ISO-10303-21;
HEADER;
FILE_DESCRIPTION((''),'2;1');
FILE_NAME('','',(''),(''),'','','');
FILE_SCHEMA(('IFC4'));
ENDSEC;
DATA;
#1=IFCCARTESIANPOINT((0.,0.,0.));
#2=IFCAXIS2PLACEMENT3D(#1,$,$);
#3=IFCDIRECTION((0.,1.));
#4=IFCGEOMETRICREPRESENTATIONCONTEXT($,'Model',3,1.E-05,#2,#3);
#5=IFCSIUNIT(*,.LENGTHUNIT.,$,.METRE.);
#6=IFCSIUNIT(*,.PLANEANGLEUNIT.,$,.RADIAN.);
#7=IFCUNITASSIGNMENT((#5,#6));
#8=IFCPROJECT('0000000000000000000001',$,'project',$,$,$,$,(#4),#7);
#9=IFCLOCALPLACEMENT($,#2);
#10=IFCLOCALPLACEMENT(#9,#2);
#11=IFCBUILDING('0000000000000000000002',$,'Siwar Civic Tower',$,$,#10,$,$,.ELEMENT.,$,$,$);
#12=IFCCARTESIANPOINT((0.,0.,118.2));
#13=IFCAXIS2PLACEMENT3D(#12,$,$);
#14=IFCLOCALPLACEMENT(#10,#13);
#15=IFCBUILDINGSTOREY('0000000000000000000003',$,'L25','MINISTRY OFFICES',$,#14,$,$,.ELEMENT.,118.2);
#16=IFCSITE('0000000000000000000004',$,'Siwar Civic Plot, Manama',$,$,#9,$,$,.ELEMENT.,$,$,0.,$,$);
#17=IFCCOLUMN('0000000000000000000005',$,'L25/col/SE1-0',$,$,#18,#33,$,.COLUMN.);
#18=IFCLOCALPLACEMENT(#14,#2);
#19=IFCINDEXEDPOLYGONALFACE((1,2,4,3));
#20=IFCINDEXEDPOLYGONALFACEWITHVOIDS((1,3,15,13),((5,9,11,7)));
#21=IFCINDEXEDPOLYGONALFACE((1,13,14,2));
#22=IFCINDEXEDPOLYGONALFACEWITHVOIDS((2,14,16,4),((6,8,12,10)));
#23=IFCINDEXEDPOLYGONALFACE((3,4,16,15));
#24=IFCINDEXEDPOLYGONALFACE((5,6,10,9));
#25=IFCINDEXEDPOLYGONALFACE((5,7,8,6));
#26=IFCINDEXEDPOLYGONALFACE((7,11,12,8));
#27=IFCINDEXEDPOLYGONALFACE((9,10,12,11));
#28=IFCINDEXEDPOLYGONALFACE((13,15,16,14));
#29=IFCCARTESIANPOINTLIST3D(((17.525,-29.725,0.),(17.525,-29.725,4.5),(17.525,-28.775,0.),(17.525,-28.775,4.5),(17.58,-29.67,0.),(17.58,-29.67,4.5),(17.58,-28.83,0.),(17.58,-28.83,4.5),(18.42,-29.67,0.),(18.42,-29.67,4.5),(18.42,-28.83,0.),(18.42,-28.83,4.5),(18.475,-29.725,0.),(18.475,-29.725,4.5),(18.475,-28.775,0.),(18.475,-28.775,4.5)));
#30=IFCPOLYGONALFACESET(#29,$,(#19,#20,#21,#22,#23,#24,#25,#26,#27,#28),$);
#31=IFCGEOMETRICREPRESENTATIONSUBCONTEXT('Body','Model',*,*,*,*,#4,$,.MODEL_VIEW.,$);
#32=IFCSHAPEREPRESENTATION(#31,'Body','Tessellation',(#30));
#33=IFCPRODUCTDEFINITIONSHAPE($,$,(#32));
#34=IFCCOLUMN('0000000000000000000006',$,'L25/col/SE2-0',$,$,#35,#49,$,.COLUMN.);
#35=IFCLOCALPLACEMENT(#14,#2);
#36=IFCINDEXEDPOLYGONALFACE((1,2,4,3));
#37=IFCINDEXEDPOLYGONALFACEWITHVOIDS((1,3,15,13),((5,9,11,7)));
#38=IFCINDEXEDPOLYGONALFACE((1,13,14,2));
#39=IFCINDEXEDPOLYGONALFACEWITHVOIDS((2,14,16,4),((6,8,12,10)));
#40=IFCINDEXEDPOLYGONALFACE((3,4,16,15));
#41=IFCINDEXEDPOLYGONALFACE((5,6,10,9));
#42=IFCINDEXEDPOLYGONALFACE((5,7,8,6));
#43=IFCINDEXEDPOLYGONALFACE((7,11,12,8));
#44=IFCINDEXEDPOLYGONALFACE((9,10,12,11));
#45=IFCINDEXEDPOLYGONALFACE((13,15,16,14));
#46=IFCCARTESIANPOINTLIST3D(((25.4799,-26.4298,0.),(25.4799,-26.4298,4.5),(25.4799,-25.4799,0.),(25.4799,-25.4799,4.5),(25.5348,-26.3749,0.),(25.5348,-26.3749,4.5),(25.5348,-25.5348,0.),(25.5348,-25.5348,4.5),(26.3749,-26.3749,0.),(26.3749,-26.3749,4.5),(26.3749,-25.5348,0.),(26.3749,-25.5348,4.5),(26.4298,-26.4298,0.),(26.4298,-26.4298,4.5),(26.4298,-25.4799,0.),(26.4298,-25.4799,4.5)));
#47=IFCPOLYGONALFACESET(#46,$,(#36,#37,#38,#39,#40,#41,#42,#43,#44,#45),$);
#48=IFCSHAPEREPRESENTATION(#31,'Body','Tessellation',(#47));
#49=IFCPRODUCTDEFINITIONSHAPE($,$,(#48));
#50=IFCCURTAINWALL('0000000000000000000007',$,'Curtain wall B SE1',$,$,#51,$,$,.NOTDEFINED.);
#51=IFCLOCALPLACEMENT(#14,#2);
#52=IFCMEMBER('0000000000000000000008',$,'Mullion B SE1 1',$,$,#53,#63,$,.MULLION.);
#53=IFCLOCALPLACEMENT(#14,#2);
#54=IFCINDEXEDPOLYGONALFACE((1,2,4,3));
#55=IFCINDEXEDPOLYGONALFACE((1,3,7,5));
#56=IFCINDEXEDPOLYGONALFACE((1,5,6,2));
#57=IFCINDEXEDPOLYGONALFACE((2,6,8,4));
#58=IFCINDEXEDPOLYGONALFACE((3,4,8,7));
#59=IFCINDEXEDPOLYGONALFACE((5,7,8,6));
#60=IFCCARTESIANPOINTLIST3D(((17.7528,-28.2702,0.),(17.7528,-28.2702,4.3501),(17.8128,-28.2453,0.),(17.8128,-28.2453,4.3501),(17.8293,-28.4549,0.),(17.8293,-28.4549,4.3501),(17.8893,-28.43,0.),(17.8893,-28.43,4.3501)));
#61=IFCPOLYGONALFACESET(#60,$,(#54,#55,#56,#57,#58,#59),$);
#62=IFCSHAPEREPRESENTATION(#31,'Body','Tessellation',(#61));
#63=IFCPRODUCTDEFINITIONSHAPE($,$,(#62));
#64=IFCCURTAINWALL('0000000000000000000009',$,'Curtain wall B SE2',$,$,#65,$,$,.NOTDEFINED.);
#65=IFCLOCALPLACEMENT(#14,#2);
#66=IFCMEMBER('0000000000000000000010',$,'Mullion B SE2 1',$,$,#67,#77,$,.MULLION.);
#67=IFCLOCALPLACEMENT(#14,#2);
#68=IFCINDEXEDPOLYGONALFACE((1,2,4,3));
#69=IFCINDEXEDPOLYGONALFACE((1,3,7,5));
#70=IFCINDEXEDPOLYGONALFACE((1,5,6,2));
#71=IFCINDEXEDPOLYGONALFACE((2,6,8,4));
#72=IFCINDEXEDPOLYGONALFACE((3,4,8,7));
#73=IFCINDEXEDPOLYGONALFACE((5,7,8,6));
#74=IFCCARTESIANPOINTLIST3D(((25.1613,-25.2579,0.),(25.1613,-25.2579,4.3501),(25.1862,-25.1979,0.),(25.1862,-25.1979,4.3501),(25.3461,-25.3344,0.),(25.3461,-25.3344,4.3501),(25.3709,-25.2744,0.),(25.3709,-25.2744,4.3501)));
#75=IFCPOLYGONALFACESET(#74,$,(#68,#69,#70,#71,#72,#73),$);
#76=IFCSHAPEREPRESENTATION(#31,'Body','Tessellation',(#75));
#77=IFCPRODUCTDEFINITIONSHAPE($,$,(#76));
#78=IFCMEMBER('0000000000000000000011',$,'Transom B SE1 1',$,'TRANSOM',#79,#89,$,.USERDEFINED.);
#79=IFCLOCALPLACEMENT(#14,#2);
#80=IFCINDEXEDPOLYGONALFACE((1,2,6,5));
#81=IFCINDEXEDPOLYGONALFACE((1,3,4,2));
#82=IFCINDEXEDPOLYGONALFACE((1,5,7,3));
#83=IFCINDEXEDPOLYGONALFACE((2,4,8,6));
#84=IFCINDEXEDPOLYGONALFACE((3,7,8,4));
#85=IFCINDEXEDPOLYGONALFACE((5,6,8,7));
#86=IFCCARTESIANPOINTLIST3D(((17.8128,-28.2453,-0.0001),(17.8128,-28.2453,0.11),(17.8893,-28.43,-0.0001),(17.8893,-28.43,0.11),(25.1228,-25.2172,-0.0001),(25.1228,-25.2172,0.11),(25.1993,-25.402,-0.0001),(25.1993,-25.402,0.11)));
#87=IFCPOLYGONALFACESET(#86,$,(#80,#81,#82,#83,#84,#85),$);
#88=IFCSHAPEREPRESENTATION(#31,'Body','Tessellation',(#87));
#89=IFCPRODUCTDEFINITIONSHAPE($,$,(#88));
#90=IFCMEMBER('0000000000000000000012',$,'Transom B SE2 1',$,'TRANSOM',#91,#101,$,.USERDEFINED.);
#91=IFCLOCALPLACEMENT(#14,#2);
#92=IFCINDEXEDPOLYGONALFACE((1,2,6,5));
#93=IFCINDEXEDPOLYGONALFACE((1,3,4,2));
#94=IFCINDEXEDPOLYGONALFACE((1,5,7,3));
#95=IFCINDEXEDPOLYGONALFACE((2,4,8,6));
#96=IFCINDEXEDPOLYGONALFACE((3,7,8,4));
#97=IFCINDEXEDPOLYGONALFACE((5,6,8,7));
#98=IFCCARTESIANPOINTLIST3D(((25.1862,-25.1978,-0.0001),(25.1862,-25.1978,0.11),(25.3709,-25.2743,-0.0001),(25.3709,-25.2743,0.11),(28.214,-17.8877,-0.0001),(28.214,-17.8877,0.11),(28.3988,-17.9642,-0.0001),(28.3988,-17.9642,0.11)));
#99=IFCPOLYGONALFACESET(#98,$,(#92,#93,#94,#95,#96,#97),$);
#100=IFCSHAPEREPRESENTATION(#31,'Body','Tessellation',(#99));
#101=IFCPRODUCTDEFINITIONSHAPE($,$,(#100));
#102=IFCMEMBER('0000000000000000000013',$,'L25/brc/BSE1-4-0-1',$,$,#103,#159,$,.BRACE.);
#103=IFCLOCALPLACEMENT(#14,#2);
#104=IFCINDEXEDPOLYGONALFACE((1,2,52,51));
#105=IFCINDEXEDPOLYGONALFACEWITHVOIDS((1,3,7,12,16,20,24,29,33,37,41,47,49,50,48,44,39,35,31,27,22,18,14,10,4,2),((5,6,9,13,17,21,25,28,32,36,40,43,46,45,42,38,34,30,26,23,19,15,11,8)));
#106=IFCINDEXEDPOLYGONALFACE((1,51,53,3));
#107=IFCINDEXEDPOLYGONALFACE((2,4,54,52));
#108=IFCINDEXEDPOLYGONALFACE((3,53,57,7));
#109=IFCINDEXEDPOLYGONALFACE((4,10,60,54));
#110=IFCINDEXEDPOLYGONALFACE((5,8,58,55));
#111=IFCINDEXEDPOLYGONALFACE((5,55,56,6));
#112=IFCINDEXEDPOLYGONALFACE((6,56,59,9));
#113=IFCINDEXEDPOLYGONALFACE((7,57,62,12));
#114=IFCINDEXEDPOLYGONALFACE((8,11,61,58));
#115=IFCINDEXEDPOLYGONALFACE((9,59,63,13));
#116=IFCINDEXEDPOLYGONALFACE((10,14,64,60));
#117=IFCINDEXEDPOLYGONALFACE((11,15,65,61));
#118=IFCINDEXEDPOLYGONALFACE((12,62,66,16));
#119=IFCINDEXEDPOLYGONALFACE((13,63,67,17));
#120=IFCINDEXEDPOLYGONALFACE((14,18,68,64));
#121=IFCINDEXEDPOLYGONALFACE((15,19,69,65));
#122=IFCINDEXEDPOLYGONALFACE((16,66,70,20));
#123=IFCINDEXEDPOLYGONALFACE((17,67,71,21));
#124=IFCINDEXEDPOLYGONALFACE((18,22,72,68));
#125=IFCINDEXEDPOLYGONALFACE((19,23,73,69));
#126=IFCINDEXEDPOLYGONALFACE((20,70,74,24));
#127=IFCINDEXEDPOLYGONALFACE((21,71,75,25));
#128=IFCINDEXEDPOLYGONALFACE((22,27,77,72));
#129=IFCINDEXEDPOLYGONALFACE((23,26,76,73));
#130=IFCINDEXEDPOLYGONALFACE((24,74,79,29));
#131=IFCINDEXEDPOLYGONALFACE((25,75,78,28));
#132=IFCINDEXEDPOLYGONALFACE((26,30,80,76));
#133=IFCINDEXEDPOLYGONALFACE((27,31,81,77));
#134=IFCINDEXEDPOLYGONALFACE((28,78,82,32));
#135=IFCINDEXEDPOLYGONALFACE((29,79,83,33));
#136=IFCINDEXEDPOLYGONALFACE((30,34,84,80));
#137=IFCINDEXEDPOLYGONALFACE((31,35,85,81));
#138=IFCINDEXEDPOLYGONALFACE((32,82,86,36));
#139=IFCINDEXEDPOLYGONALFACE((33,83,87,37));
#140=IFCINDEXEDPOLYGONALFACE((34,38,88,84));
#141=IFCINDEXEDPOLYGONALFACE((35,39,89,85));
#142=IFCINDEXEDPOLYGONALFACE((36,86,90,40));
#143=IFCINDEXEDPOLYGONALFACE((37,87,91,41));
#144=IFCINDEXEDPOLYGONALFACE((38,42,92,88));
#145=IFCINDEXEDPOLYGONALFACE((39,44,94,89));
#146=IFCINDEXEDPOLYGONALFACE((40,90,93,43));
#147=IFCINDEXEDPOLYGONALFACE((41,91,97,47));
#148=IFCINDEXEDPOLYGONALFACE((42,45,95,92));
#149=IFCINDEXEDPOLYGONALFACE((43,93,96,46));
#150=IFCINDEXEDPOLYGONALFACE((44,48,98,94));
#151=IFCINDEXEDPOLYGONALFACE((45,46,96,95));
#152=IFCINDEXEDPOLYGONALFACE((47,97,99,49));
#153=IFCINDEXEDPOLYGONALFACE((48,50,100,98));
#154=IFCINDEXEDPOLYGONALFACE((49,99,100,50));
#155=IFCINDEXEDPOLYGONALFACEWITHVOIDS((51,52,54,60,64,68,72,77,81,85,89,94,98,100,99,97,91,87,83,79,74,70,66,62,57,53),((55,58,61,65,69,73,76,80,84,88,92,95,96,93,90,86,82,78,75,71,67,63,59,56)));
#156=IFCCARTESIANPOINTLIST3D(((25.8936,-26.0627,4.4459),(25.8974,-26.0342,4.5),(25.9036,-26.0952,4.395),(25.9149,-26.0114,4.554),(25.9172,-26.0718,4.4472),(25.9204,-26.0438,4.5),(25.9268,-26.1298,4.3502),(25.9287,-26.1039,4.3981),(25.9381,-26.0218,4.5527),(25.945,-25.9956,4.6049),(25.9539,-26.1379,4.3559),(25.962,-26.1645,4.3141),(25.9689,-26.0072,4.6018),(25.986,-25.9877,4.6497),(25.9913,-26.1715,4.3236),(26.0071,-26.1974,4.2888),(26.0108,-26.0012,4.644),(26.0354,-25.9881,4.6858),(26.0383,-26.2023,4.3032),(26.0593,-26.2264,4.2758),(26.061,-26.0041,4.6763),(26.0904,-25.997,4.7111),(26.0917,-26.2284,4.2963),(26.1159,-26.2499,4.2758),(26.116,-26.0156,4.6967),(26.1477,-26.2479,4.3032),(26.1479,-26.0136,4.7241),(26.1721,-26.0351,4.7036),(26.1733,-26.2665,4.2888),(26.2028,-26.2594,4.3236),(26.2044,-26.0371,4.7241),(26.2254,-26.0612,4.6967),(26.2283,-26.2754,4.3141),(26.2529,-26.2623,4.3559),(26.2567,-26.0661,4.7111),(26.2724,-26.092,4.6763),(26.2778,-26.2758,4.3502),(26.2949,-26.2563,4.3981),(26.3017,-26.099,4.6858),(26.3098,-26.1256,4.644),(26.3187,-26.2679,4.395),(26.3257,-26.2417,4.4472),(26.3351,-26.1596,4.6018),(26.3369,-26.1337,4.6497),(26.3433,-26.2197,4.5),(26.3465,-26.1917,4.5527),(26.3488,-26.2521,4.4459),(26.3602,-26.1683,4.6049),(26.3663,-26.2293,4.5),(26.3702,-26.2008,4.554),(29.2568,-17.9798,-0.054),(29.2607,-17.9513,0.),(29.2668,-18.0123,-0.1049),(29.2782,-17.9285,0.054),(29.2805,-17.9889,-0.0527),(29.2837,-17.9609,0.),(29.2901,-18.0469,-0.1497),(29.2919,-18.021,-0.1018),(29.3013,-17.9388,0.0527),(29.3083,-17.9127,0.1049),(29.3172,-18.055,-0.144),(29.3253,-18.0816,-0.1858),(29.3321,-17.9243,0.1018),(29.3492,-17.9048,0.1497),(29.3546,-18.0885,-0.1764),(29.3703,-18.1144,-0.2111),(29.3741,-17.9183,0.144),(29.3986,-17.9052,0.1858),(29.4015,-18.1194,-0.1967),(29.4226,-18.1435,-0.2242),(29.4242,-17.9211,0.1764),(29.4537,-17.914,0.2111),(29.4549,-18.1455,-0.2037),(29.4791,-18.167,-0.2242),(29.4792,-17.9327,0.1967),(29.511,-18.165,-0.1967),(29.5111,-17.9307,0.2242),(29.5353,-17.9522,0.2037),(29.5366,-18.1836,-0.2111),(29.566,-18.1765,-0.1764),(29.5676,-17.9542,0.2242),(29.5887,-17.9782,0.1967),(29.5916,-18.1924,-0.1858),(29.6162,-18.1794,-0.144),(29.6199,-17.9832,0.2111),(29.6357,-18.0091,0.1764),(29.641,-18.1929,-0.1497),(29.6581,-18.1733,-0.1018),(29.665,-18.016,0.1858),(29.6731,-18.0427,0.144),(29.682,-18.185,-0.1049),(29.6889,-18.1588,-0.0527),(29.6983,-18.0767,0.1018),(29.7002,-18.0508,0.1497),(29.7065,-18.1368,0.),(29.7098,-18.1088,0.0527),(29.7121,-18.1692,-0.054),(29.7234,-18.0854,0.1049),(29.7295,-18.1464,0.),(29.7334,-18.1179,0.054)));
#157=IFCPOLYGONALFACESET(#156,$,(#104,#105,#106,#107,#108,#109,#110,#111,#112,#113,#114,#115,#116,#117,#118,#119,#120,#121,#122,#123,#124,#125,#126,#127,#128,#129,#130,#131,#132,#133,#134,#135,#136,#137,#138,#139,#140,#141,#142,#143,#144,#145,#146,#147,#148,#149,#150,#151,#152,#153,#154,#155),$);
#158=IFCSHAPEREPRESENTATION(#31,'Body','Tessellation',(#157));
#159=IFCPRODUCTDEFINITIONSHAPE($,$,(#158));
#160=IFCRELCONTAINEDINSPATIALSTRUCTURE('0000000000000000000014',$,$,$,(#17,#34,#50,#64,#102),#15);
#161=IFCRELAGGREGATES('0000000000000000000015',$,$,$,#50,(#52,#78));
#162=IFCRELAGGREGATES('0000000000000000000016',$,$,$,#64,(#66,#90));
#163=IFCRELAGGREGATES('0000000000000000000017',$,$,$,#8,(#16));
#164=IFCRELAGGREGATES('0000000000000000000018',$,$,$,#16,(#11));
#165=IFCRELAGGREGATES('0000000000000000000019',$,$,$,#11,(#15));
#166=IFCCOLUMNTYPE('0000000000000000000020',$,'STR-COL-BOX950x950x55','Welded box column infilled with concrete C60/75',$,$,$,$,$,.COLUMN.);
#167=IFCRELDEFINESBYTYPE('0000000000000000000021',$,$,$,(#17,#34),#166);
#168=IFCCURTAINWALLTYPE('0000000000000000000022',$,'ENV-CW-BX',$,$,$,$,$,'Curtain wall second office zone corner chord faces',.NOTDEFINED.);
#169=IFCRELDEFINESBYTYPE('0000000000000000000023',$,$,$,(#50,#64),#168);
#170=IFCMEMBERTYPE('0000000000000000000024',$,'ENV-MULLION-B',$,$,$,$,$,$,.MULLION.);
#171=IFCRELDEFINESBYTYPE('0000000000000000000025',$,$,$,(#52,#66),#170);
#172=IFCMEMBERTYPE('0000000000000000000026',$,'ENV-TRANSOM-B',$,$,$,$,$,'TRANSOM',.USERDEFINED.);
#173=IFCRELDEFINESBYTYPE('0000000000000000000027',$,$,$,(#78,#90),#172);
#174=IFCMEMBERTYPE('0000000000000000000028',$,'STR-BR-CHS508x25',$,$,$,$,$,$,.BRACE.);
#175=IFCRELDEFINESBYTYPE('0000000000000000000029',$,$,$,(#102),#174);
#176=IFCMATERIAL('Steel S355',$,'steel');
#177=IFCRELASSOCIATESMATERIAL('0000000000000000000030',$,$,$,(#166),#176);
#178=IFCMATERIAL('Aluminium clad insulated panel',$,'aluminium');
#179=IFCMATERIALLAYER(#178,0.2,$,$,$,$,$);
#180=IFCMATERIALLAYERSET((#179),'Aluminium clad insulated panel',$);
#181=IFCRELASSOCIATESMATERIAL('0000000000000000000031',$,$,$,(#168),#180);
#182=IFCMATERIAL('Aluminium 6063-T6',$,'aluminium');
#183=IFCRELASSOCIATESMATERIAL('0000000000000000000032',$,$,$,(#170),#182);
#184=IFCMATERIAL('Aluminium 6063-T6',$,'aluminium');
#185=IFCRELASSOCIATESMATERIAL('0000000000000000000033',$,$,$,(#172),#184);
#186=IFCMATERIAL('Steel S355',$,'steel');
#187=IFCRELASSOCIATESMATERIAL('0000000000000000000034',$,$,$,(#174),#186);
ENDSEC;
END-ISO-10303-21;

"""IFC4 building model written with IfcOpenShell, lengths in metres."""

from ifc_helpers import new_model, si_unit, direction, frame, origin, origin_2d, place, context, subcontext, project, spatial, rectangle, hollow_rectangle, hollow_circle, extrude, material, layer, layer_set, material_profile, profile_set, type_object, element, aggregate, save


model = new_model("IFC4")

# Units and contexts
model_context = context("Model", 3, precision=1e-05, world=origin(), true_north=direction((0.0, 1.0)))
body_context = subcontext(model_context, "Body", "Model", "MODEL_VIEW")
ifc_project = project(units=[si_unit("LENGTHUNIT", "METRE"), si_unit("PLANEANGLEUNIT", "RADIAN")], contexts=[model_context])

# Site, building, storey
site_placement = place(None, origin())
site = spatial("IfcSite", under=ifc_project, at=site_placement, Name="Siwar Civic Plot, Manama", CompositionType="ELEMENT", RefElevation=0.0)
building_placement = place(site_placement, origin())
building = spatial("IfcBuilding", under=site, at=building_placement, Name="Siwar Civic Tower", CompositionType="ELEMENT")
storey_placement = place(building_placement, frame((0.0, 0.0, 118.2)))
storey = spatial("IfcBuildingStorey", under=building, at=storey_placement, Name="L25", Description="MINISTRY OFFICES", CompositionType="ELEMENT", Elevation=118.2)

# Columns
ifc_material_1 = material(Name="Steel S355", Category="steel")
ifc_material_profile_1 = material_profile(ifc_material_1, hollow_rectangle(XDim=0.95, YDim=0.95, WallThickness=0.0549, at=origin_2d()), Name="BOX950x950x55")
ifc_profile_set_1 = profile_set([ifc_material_profile_1], Name="Steel S355")
column_type = type_object("IfcColumnType", Name="STR-COL-BOX950x950x55", Description="Welded box column infilled with concrete C60/75", PredefinedType="COLUMN", material=ifc_profile_set_1)
for number, where, z_axis, x_axis, name in (
    (1, (18.0, -29.25, 0.0), (0.0, 0.0, 1.0), (1.0, 0.0, 0.0), "L25/col/SE1-0"),
    (2, (25.9548, -25.9548, 0.0), (0.0, 0.0, 1.0), (1.0, 0.0, 0.0), "L25/col/SE2-0"),
):
    element("IfcColumn", number, at=place(storey_placement, frame(where, z_axis=z_axis, x_axis=x_axis)), inside=storey, type_object=column_type, Name=name, PredefinedType="COLUMN", context=body_context, shape_type="SweptSolid", body=[
        extrude(hollow_rectangle(XDim=0.95, YDim=0.95, WallThickness=0.0549, at=origin_2d()), origin(), (0.0, 0.0, 1.0), 4.5),
    ])

# Curtain walls, members
ifc_material_2 = material(Name="Aluminium clad insulated panel", Category="aluminium")
ifc_layer_1 = layer(ifc_material_2, 0.2)
ifc_layer_set_1 = layer_set([ifc_layer_1], Name="Aluminium clad insulated panel")
curtain_wall_type = type_object("IfcCurtainWallType", Name="ENV-CW-BX", ElementType="Curtain wall second office zone corner chord faces", PredefinedType="NOTDEFINED", material=ifc_layer_set_1)
curtain_wall_1_placement = place(storey_placement, origin())
curtain_wall_1 = element("IfcCurtainWall", 3, at=curtain_wall_1_placement, inside=storey, type_object=curtain_wall_type, Name="Curtain wall B SE1", PredefinedType="NOTDEFINED")
ifc_material_3 = material(Name="Aluminium 6063-T6", Category="aluminium")
ifc_material_profile_2 = material_profile(ifc_material_3, rectangle(XDim=0.2, YDim=0.0649, at=origin_2d()), Name="AL 200x65")
ifc_profile_set_2 = profile_set([ifc_material_profile_2], Name="Aluminium 6063-T6")
member_type_1 = type_object("IfcMemberType", Name="ENV-MULLION-B", PredefinedType="MULLION", material=ifc_profile_set_2)
member_1_placement = place(storey_placement, frame((17.821, -28.3501, 0.0), z_axis=(0.0, 0.0, 1.0), x_axis=(-0.382683, 0.92388, 0.0)))
member_1 = element("IfcMember", 4, at=member_1_placement, type_object=member_type_1, Name="Mullion B SE1 1", PredefinedType="MULLION", context=body_context, shape_type="SweptSolid", body=[
    extrude(rectangle(XDim=0.2, YDim=0.0649, at=origin_2d()), origin(), (0.0, 0.0, 1.0), 4.3501),
])
curtain_wall_2_placement = place(storey_placement, origin())
curtain_wall_2 = element("IfcCurtainWall", 5, at=curtain_wall_2_placement, inside=storey, type_object=curtain_wall_type, Name="Curtain wall B SE2", PredefinedType="NOTDEFINED")
member_2_placement = place(storey_placement, frame((25.2661, -25.2661, 0.0), z_axis=(0.0, 0.0, 1.0), x_axis=(-0.92388, 0.382683, 0.0)))
member_2 = element("IfcMember", 6, at=member_2_placement, type_object=member_type_1, Name="Mullion B SE2 1", PredefinedType="MULLION", context=body_context, shape_type="SweptSolid", body=[
    extrude(rectangle(XDim=0.2, YDim=0.0649, at=origin_2d()), origin(), (0.0, 0.0, 1.0), 4.3501),
])

# Members
ifc_material_4 = material(Name="Aluminium 6063-T6", Category="aluminium")
ifc_material_profile_3 = material_profile(ifc_material_4, rectangle(XDim=0.2, YDim=0.1101, at=origin_2d()), Name="AL 200x110")
ifc_profile_set_3 = profile_set([ifc_material_profile_3], Name="Aluminium 6063-T6")
member_type_2 = type_object("IfcMemberType", Name="ENV-TRANSOM-B", ElementType="TRANSOM", PredefinedType="USERDEFINED", material=ifc_profile_set_3)
member_3_placement = place(storey_placement, frame((17.8511, -28.3376, 0.0549), z_axis=(0.923873, 0.3827, 0.0), x_axis=(-0.3827, 0.923873, 0.0)))
member_3 = element("IfcMember", 7, at=member_3_placement, type_object=member_type_2, Name="Transom B SE1 1", ObjectType="TRANSOM", PredefinedType="USERDEFINED", context=body_context, shape_type="SweptSolid", body=[
    extrude(rectangle(XDim=0.2, YDim=0.1101, at=origin_2d()), origin(), (0.0, 0.0, 1.0), 7.9124),
])
member_4_placement = place(storey_placement, frame((25.2786, -25.2361, 0.0549), z_axis=(0.382673, 0.923884, 0.0), x_axis=(-0.923884, 0.382673, 0.0)))
member_4 = element("IfcMember", 8, at=member_4_placement, type_object=member_type_2, Name="Transom B SE2 1", ObjectType="TRANSOM", PredefinedType="USERDEFINED", context=body_context, shape_type="SweptSolid", body=[
    extrude(rectangle(XDim=0.2, YDim=0.1101, at=origin_2d()), origin(), (0.0, 0.0, 1.0), 7.9124),
])

# Member
ifc_material_5 = material(Name="Steel S355", Category="steel")
ifc_material_profile_4 = material_profile(ifc_material_5, hollow_circle(Radius=0.2539, WallThickness=0.0249, at=origin_2d()), Name="CHS508x25")
ifc_profile_set_4 = profile_set([ifc_material_profile_4], Name="Steel S355")
member_type_3 = type_object("IfcMemberType", Name="STR-BR-CHS508x25", PredefinedType="BRACE", material=ifc_profile_set_4)
member_5_placement = place(storey_placement, frame((29.4951, -18.0488, 0.0), z_axis=(-0.341671, -0.821143, 0.457149), x_axis=(0.923265, -0.384164, 0.0)))
element("IfcMember", 9, at=member_5_placement, inside=storey, type_object=member_type_3, Name="L25/brc/BSE1-4-0-1", PredefinedType="BRACE", context=body_context, shape_type="SweptSolid", body=[
    extrude(hollow_circle(Radius=0.2539, WallThickness=0.0249, at=origin_2d()), origin(), (0.0, 0.0, 1.0), 9.8435),
])

aggregate(curtain_wall_1, [member_1, member_3])
aggregate(curtain_wall_2, [member_2, member_4])

save(model, "model.ifc")
